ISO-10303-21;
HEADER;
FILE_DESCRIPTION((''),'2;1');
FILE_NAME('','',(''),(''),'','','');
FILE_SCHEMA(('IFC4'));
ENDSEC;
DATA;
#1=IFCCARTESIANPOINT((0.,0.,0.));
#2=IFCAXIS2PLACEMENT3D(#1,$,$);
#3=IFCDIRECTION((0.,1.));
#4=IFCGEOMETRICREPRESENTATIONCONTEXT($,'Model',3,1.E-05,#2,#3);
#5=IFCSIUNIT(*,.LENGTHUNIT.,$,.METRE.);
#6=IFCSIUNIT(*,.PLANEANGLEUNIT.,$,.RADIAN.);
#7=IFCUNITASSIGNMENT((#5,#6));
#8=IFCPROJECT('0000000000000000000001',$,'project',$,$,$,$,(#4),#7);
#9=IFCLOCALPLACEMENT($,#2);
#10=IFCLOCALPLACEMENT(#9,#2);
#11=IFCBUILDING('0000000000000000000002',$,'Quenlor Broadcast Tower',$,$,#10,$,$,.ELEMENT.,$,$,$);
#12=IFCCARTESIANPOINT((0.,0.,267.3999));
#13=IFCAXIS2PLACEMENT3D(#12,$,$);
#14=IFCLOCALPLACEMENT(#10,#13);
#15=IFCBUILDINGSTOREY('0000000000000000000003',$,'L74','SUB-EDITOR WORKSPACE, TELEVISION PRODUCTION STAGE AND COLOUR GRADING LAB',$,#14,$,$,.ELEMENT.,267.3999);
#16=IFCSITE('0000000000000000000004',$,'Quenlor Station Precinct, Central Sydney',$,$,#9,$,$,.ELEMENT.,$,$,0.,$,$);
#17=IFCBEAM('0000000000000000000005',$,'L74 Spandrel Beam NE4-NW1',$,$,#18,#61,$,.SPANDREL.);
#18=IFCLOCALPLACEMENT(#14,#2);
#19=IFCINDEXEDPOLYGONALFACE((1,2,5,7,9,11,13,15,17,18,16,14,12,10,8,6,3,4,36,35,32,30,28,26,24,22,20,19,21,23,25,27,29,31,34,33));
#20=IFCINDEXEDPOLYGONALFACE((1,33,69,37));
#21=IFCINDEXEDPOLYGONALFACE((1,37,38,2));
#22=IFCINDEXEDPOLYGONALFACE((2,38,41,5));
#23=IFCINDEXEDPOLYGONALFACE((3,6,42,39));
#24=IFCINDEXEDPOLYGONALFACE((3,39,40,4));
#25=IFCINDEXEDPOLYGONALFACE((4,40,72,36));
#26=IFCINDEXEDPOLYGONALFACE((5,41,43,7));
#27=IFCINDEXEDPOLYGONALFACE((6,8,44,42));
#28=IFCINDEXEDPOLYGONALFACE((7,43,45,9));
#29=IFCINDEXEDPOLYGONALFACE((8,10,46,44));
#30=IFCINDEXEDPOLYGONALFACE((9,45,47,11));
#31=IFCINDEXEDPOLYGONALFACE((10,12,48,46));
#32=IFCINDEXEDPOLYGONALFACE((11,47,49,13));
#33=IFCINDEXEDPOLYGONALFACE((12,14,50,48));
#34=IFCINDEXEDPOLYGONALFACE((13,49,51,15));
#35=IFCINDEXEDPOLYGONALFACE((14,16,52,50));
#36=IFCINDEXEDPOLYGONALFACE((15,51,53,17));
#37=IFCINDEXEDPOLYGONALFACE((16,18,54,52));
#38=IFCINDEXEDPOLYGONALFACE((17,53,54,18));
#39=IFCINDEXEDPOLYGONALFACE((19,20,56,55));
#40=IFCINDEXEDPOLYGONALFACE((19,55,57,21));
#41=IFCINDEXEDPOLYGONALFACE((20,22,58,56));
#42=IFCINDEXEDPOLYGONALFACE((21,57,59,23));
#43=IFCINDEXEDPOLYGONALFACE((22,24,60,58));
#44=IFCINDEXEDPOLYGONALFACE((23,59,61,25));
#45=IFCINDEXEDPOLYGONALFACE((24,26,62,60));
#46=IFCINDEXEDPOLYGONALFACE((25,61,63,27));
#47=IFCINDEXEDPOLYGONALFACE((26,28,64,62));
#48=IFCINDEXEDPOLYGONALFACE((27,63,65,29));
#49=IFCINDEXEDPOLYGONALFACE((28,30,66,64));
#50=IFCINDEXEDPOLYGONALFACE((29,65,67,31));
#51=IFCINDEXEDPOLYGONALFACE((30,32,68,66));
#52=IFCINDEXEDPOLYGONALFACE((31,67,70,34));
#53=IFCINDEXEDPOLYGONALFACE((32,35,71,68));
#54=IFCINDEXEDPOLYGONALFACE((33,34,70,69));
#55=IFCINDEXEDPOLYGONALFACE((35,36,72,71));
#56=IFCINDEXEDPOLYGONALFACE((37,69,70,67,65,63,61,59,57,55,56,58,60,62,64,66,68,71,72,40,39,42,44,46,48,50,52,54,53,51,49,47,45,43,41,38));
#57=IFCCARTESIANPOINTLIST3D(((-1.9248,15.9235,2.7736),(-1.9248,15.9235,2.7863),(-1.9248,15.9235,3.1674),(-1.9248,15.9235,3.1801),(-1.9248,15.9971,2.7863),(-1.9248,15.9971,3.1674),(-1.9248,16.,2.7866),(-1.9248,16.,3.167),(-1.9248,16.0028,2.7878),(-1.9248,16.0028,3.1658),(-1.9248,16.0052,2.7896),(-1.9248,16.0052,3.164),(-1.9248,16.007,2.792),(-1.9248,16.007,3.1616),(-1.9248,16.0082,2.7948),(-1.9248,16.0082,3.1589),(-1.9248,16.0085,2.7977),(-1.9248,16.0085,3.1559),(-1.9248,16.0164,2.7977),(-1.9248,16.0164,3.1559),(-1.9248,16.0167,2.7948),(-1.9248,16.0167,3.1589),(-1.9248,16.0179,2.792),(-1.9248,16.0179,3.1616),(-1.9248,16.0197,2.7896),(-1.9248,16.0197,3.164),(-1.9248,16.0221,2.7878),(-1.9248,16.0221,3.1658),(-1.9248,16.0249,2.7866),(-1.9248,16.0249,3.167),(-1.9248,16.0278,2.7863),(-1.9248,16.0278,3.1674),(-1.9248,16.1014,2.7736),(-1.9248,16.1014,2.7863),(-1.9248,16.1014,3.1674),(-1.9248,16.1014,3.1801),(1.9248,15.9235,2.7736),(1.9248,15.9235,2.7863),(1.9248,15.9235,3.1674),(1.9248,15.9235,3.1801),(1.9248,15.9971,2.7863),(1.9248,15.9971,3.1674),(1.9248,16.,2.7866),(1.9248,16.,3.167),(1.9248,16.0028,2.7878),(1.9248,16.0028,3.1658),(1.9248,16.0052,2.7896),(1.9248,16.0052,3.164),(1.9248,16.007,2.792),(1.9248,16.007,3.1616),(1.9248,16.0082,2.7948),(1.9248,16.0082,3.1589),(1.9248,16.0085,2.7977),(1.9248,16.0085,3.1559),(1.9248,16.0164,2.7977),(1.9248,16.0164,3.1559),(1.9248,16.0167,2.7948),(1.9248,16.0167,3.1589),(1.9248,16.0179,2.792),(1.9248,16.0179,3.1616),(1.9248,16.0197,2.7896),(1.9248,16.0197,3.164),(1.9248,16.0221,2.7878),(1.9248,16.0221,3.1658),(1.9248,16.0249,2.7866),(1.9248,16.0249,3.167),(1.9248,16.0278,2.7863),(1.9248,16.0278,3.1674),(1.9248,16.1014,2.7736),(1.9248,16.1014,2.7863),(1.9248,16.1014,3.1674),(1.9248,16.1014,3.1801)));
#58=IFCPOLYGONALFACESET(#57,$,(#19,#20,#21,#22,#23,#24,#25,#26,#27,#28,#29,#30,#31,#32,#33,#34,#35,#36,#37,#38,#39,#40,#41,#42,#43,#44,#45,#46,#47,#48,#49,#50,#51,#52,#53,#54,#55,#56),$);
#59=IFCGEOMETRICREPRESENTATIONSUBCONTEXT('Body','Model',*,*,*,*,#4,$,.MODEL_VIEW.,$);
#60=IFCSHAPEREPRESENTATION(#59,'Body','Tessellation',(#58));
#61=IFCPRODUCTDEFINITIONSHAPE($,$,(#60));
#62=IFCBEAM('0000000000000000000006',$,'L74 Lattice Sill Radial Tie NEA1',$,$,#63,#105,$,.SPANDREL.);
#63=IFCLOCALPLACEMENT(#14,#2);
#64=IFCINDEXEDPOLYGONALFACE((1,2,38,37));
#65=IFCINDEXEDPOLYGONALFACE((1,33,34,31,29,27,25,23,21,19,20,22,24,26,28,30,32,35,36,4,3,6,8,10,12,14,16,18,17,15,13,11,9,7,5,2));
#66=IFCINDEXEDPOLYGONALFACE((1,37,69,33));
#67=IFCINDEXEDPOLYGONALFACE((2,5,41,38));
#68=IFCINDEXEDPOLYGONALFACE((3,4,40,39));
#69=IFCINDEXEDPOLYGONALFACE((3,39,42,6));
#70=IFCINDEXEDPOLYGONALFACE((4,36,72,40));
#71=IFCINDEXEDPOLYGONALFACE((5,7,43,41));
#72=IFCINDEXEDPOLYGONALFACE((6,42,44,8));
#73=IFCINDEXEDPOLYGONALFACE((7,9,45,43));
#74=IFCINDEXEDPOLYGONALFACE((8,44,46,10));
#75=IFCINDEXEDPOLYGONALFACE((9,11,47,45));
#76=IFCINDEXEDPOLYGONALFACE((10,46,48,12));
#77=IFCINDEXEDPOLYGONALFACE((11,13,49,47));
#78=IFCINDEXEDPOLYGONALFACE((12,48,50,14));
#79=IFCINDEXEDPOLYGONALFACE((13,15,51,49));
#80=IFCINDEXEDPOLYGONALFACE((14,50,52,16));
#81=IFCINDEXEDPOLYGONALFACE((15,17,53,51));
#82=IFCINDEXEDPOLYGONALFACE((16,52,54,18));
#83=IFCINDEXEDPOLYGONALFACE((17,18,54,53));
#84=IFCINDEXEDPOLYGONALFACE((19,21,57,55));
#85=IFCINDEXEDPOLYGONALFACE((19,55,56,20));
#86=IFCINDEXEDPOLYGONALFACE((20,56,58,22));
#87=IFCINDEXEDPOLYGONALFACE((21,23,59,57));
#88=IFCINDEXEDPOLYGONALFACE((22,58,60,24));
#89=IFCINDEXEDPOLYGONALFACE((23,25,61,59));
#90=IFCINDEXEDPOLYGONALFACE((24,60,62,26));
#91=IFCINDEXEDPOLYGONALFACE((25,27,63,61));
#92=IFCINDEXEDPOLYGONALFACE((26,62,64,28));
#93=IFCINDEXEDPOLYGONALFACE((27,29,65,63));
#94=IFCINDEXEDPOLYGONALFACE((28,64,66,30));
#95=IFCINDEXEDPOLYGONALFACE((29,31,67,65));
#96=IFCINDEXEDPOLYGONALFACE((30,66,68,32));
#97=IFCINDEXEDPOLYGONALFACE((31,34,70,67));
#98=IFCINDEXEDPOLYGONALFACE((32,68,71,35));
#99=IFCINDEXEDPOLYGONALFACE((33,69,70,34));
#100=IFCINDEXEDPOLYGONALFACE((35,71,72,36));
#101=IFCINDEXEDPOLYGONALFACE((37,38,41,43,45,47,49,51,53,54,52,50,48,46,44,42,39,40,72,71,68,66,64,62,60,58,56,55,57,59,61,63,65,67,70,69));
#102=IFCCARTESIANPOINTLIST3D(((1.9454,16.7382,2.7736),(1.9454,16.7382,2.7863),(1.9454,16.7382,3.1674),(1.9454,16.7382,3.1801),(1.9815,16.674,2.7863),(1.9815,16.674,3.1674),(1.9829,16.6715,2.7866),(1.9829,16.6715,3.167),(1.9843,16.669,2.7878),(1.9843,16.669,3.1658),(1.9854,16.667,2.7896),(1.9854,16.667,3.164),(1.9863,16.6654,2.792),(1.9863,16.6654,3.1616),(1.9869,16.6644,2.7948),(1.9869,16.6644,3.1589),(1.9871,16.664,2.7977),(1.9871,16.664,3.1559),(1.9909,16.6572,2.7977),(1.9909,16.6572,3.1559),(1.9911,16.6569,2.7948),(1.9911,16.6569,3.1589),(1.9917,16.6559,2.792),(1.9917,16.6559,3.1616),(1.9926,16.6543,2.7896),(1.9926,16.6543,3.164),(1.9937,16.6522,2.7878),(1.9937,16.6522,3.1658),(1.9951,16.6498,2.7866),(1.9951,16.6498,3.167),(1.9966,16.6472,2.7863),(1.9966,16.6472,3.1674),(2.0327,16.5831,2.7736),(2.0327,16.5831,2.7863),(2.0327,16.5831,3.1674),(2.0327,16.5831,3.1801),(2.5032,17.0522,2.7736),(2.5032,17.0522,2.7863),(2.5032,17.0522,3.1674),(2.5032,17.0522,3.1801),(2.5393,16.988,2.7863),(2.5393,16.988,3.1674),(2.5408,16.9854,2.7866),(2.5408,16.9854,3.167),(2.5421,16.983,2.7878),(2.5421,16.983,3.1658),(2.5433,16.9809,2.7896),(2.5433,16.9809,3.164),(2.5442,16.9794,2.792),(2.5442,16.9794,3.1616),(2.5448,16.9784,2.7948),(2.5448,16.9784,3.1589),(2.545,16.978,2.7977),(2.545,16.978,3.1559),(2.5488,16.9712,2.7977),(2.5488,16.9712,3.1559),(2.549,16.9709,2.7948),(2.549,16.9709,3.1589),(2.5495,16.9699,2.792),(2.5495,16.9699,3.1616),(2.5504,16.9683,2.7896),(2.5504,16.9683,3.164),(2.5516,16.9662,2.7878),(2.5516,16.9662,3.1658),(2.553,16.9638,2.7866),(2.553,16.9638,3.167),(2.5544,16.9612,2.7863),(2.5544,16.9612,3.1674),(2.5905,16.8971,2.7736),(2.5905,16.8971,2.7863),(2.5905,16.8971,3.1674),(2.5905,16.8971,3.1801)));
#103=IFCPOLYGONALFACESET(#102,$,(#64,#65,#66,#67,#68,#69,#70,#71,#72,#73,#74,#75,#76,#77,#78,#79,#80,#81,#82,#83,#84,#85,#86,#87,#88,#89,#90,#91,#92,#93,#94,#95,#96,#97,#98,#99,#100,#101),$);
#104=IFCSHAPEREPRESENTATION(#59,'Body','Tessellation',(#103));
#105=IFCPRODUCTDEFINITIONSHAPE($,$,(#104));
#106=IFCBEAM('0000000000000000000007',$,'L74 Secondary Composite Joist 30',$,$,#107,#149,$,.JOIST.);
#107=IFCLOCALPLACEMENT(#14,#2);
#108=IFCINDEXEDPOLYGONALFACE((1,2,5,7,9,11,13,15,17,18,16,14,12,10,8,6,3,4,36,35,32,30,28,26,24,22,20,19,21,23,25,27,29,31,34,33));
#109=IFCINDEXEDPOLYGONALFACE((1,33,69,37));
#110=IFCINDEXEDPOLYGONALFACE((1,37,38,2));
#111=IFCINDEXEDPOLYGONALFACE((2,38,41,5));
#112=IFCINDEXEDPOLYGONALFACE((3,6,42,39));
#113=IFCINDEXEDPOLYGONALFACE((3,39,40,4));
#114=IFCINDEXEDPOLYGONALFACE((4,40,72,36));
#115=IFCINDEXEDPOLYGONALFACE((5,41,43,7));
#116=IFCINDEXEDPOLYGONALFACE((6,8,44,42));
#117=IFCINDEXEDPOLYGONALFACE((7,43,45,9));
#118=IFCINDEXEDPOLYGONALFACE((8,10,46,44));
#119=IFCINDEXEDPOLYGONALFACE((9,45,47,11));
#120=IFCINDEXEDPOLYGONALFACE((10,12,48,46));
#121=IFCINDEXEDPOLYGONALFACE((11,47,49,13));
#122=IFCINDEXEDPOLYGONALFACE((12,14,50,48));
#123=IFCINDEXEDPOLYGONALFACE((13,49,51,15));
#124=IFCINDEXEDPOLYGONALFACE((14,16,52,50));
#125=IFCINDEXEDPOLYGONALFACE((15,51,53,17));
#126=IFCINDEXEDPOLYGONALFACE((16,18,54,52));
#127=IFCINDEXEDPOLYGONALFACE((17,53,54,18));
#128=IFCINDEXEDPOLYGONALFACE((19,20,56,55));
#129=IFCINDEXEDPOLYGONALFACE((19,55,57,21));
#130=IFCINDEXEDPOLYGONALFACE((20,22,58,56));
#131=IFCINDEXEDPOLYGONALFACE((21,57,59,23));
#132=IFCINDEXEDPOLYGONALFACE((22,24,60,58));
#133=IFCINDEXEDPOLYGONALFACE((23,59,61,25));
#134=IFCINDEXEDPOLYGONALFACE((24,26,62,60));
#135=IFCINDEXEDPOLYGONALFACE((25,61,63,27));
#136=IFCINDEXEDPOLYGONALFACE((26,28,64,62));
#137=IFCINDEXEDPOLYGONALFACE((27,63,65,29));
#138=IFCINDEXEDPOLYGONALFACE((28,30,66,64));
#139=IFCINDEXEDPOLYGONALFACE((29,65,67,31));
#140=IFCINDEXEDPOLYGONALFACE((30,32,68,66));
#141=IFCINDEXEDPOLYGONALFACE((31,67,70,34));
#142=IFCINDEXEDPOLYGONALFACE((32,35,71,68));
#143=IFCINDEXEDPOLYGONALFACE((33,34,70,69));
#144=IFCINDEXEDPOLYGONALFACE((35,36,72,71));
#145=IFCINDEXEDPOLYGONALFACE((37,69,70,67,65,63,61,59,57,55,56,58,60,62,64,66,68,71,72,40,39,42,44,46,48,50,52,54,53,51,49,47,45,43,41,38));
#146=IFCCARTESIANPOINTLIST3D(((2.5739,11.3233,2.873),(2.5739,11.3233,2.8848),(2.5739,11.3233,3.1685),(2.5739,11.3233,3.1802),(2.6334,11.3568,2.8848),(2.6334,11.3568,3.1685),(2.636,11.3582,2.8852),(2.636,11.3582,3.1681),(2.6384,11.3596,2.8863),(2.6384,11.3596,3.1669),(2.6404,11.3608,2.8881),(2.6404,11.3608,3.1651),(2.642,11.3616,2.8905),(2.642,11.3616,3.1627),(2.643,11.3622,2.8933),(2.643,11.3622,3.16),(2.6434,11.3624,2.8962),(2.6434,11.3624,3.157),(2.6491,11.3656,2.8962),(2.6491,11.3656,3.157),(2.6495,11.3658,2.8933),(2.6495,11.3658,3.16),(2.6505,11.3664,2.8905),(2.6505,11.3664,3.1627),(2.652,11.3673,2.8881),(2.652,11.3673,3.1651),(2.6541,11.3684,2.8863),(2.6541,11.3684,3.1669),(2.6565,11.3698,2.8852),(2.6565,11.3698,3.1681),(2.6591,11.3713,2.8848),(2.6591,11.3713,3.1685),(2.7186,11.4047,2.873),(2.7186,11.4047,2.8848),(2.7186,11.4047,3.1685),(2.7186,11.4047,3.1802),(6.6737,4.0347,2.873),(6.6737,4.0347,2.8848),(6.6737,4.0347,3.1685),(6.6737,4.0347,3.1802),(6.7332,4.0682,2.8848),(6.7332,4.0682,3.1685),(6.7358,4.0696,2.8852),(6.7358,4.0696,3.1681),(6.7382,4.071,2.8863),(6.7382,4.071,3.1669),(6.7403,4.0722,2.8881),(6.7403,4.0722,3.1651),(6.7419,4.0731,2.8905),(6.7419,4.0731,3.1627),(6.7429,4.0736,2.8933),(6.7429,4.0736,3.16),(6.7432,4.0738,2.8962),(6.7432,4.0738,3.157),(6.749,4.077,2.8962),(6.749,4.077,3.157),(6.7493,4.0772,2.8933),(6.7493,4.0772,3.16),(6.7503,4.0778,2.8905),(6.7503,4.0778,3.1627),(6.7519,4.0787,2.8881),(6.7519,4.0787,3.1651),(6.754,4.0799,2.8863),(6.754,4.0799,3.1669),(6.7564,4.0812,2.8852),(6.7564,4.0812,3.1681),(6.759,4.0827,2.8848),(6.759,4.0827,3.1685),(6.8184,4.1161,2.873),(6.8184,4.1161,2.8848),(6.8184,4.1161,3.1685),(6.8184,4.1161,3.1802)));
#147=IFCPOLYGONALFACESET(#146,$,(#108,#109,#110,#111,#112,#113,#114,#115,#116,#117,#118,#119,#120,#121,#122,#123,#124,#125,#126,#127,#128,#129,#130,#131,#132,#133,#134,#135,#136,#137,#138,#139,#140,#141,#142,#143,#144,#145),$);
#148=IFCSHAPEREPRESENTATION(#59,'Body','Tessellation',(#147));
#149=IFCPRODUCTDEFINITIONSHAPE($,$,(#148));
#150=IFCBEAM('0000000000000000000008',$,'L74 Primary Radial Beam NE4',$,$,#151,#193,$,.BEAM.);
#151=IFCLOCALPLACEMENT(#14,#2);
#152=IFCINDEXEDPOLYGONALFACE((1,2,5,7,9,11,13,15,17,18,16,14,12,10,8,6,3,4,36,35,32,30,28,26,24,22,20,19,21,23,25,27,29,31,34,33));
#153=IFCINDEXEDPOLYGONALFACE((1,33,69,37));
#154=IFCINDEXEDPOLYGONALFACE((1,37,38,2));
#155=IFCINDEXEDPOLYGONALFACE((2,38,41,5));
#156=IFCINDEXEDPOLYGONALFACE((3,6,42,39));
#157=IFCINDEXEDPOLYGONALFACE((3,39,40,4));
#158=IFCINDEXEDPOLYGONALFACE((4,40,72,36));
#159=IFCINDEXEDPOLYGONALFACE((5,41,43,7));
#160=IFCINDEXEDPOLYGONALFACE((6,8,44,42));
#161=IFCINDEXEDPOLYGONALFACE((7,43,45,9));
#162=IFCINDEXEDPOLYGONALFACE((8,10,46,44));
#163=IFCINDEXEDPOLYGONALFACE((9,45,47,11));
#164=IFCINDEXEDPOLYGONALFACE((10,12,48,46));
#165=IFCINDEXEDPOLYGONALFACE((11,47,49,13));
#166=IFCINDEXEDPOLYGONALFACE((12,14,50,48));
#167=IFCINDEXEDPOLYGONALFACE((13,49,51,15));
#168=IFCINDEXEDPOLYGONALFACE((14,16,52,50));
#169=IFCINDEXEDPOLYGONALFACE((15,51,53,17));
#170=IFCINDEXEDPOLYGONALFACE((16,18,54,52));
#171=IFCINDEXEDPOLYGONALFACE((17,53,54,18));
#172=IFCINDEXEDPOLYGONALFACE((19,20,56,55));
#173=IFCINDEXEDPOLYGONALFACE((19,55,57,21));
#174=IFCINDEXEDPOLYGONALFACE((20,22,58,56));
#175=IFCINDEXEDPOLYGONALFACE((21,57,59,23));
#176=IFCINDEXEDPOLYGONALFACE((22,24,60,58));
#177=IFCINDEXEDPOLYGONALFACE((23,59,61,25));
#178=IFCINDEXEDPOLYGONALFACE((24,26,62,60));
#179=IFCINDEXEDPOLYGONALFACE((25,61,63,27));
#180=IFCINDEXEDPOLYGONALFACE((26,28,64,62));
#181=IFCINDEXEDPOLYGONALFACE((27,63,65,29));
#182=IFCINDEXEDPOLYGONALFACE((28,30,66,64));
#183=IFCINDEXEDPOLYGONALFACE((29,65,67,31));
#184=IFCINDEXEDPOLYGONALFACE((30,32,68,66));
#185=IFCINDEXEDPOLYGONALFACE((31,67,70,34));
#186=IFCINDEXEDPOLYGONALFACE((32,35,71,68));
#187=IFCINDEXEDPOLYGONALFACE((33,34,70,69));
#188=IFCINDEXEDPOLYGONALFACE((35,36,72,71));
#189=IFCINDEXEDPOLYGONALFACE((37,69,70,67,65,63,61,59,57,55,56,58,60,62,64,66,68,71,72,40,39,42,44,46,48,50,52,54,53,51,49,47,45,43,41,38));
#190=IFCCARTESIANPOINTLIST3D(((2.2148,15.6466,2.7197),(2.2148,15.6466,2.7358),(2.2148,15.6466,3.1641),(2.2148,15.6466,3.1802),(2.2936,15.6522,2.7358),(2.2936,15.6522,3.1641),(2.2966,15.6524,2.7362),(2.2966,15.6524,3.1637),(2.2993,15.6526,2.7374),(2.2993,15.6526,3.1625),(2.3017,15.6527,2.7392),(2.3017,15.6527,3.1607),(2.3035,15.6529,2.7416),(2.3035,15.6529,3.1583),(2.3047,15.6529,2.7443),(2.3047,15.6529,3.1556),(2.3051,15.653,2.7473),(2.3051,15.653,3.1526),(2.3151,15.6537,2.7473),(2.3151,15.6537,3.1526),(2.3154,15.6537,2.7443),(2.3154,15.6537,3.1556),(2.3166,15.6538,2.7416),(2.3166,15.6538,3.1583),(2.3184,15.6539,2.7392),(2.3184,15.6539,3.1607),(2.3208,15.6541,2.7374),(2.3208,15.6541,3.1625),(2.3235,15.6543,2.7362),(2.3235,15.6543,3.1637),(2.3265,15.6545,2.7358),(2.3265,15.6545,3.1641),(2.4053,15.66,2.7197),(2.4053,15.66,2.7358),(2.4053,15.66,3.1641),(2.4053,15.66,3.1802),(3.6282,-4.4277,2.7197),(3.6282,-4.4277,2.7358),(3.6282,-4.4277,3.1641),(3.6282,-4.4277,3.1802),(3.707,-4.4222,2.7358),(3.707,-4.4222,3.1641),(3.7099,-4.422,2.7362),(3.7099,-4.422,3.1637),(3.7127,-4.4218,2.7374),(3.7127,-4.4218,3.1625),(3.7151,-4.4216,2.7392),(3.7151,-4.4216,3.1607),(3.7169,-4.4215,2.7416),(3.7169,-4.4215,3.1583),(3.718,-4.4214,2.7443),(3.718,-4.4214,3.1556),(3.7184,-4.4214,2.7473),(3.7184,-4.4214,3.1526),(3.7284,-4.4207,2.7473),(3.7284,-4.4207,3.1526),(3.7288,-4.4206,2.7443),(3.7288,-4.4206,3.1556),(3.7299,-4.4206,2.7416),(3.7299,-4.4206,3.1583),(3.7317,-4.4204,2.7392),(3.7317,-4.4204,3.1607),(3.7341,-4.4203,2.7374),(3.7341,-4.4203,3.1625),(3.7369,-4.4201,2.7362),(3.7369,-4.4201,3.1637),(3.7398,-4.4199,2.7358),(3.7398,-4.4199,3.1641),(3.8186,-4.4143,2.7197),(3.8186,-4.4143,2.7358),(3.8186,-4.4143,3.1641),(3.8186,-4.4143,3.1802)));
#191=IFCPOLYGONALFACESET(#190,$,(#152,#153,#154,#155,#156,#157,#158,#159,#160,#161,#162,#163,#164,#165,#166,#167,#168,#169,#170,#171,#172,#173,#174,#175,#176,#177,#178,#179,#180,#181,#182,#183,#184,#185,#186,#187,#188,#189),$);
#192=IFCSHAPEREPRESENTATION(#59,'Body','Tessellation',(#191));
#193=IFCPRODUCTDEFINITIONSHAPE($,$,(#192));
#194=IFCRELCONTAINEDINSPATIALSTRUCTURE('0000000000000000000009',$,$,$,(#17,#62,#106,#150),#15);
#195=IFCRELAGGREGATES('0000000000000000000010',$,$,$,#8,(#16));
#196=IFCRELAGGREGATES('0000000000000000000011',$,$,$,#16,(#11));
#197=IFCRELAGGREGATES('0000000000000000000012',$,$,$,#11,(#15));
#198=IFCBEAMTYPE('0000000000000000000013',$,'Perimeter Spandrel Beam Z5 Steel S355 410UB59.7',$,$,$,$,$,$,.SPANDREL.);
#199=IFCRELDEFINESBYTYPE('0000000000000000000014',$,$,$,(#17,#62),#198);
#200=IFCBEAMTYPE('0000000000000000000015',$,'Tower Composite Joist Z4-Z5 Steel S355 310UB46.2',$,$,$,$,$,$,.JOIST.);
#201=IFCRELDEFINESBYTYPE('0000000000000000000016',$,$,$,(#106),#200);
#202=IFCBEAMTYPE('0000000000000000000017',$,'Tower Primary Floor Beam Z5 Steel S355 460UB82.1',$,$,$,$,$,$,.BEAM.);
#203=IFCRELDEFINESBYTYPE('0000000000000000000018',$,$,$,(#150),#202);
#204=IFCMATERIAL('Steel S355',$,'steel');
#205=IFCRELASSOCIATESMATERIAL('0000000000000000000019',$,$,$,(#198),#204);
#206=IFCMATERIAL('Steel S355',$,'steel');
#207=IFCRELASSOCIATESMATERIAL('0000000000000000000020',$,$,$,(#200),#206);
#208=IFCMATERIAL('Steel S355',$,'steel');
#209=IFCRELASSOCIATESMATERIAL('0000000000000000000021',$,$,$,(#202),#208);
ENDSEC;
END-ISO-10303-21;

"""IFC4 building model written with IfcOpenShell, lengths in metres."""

from ifc_helpers import new_model, si_unit, direction, frame, origin, origin_2d, place, context, subcontext, project, spatial, i_section, extrude, material, material_profile, profile_set, type_object, element, save


model = new_model("IFC4")

# Units and contexts
model_context = context("Model", 3, precision=1e-05, world=origin(), true_north=direction((0.0, 1.0)))
body_context = subcontext(model_context, "Body", "Model", "MODEL_VIEW")
ifc_project = project(units=[si_unit("LENGTHUNIT", "METRE"), si_unit("PLANEANGLEUNIT", "RADIAN")], contexts=[model_context])

# Site, building, storey
site_placement = place(None, origin())
site = spatial("IfcSite", under=ifc_project, at=site_placement, Name="Quenlor Station Precinct, Central Sydney", CompositionType="ELEMENT", RefElevation=0.0)
building_placement = place(site_placement, origin())
building = spatial("IfcBuilding", under=site, at=building_placement, Name="Quenlor Broadcast Tower", CompositionType="ELEMENT")
storey_placement = place(building_placement, frame((0.0, 0.0, 267.3999)))
storey = spatial("IfcBuildingStorey", under=building, at=storey_placement, Name="L74", Description="SUB-EDITOR WORKSPACE, TELEVISION PRODUCTION STAGE AND COLOUR GRADING LAB", CompositionType="ELEMENT", Elevation=267.3999)

# Beams
ifc_material_1 = material(Name="Steel S355", Category="steel")
ifc_material_profile_1 = material_profile(ifc_material_1, i_section(OverallWidth=0.178, OverallDepth=0.4065, WebThickness=0.0078, FlangeThickness=0.0127, FilletRadius=0.0115, at=origin_2d()))
ifc_profile_set_1 = profile_set([ifc_material_profile_1], Name="Steel S355 410UB59.7")
beam_type_1 = type_object("IfcBeamType", Name="Perimeter Spandrel Beam Z5 Steel S355 410UB59.7", PredefinedType="SPANDREL", material=ifc_profile_set_1)
beam_1_placement = place(storey_placement, frame((1.9248, 16.0125, 2.9768), z_axis=(-1.0, 0.0, 0.0), x_axis=(0.0, -1.0, 0.0)))
element("IfcBeam", 1, at=beam_1_placement, inside=storey, type_object=beam_type_1, Name="L74 Spandrel Beam NE4-NW1", PredefinedType="SPANDREL", context=body_context, shape_type="SweptSolid", body=[
    extrude(i_section(OverallWidth=0.178, OverallDepth=0.4065, WebThickness=0.0078, FlangeThickness=0.0127, FilletRadius=0.0115, at=origin_2d()), origin(), (0.0, 0.0, 1.0), 3.8496),
])
beam_2_placement = place(storey_placement, frame((1.989, 16.6606, 2.9768), z_axis=(0.871463, 0.49046, 0.0), x_axis=(-0.49046, 0.871463, 0.0)))
element("IfcBeam", 2, at=beam_2_placement, inside=storey, type_object=beam_type_1, Name="L74 Lattice Sill Radial Tie NEA1", PredefinedType="SPANDREL", context=body_context, shape_type="SweptSolid", body=[
    extrude(i_section(OverallWidth=0.178, OverallDepth=0.4065, WebThickness=0.0078, FlangeThickness=0.0127, FilletRadius=0.0115, at=origin_2d()), origin(), (0.0, 0.0, 1.0), 0.6401),
])
ifc_material_2 = material(Name="Steel S355", Category="steel")
ifc_material_profile_2 = material_profile(ifc_material_2, i_section(OverallWidth=0.166, OverallDepth=0.3071, WebThickness=0.0066, FlangeThickness=0.0117, FilletRadius=0.0115, at=origin_2d()))
ifc_profile_set_2 = profile_set([ifc_material_profile_2], Name="Steel S355 310UB46.2")
beam_type_2 = type_object("IfcBeamType", Name="Tower Composite Joist Z4-Z5 Steel S355 310UB46.2", PredefinedType="JOIST", material=ifc_profile_set_2)
beam_3_placement = place(storey_placement, frame((2.6462, 11.364, 3.0266), z_axis=(0.490264, -0.871574, 0.0), x_axis=(0.871574, 0.490264, 0.0)))
element("IfcBeam", 3, at=beam_3_placement, inside=storey, type_object=beam_type_2, Name="L74 Secondary Composite Joist 30", PredefinedType="JOIST", context=body_context, shape_type="SweptSolid", body=[
    extrude(i_section(OverallWidth=0.166, OverallDepth=0.3071, WebThickness=0.0066, FlangeThickness=0.0117, FilletRadius=0.0115, at=origin_2d()), origin(), (0.0, 0.0, 1.0), 8.3625),
])
ifc_material_3 = material(Name="Steel S355", Category="steel")
ifc_material_profile_3 = material_profile(ifc_material_3, i_section(OverallWidth=0.1909, OverallDepth=0.4604, WebThickness=0.01, FlangeThickness=0.0161, FilletRadius=0.0115, at=origin_2d()))
ifc_profile_set_3 = profile_set([ifc_material_profile_3], Name="Steel S355 460UB82.1")
beam_type_3 = type_object("IfcBeamType", Name="Tower Primary Floor Beam Z5 Steel S355 460UB82.1", PredefinedType="BEAM", material=ifc_profile_set_3)
beam_4_placement = place(storey_placement, frame((2.3101, 15.6533, 2.95), z_axis=(0.070231, -0.997531, 0.0), x_axis=(0.997531, 0.070231, 0.0)))
element("IfcBeam", 4, at=beam_4_placement, inside=storey, type_object=beam_type_3, Name="L74 Primary Radial Beam NE4", PredefinedType="BEAM", context=body_context, shape_type="SweptSolid", body=[
    extrude(i_section(OverallWidth=0.1909, OverallDepth=0.4604, WebThickness=0.01, FlangeThickness=0.0161, FilletRadius=0.0115, at=origin_2d()), origin(), (0.0, 0.0, 1.0), 20.124),
])

save(model, "model.ifc")
